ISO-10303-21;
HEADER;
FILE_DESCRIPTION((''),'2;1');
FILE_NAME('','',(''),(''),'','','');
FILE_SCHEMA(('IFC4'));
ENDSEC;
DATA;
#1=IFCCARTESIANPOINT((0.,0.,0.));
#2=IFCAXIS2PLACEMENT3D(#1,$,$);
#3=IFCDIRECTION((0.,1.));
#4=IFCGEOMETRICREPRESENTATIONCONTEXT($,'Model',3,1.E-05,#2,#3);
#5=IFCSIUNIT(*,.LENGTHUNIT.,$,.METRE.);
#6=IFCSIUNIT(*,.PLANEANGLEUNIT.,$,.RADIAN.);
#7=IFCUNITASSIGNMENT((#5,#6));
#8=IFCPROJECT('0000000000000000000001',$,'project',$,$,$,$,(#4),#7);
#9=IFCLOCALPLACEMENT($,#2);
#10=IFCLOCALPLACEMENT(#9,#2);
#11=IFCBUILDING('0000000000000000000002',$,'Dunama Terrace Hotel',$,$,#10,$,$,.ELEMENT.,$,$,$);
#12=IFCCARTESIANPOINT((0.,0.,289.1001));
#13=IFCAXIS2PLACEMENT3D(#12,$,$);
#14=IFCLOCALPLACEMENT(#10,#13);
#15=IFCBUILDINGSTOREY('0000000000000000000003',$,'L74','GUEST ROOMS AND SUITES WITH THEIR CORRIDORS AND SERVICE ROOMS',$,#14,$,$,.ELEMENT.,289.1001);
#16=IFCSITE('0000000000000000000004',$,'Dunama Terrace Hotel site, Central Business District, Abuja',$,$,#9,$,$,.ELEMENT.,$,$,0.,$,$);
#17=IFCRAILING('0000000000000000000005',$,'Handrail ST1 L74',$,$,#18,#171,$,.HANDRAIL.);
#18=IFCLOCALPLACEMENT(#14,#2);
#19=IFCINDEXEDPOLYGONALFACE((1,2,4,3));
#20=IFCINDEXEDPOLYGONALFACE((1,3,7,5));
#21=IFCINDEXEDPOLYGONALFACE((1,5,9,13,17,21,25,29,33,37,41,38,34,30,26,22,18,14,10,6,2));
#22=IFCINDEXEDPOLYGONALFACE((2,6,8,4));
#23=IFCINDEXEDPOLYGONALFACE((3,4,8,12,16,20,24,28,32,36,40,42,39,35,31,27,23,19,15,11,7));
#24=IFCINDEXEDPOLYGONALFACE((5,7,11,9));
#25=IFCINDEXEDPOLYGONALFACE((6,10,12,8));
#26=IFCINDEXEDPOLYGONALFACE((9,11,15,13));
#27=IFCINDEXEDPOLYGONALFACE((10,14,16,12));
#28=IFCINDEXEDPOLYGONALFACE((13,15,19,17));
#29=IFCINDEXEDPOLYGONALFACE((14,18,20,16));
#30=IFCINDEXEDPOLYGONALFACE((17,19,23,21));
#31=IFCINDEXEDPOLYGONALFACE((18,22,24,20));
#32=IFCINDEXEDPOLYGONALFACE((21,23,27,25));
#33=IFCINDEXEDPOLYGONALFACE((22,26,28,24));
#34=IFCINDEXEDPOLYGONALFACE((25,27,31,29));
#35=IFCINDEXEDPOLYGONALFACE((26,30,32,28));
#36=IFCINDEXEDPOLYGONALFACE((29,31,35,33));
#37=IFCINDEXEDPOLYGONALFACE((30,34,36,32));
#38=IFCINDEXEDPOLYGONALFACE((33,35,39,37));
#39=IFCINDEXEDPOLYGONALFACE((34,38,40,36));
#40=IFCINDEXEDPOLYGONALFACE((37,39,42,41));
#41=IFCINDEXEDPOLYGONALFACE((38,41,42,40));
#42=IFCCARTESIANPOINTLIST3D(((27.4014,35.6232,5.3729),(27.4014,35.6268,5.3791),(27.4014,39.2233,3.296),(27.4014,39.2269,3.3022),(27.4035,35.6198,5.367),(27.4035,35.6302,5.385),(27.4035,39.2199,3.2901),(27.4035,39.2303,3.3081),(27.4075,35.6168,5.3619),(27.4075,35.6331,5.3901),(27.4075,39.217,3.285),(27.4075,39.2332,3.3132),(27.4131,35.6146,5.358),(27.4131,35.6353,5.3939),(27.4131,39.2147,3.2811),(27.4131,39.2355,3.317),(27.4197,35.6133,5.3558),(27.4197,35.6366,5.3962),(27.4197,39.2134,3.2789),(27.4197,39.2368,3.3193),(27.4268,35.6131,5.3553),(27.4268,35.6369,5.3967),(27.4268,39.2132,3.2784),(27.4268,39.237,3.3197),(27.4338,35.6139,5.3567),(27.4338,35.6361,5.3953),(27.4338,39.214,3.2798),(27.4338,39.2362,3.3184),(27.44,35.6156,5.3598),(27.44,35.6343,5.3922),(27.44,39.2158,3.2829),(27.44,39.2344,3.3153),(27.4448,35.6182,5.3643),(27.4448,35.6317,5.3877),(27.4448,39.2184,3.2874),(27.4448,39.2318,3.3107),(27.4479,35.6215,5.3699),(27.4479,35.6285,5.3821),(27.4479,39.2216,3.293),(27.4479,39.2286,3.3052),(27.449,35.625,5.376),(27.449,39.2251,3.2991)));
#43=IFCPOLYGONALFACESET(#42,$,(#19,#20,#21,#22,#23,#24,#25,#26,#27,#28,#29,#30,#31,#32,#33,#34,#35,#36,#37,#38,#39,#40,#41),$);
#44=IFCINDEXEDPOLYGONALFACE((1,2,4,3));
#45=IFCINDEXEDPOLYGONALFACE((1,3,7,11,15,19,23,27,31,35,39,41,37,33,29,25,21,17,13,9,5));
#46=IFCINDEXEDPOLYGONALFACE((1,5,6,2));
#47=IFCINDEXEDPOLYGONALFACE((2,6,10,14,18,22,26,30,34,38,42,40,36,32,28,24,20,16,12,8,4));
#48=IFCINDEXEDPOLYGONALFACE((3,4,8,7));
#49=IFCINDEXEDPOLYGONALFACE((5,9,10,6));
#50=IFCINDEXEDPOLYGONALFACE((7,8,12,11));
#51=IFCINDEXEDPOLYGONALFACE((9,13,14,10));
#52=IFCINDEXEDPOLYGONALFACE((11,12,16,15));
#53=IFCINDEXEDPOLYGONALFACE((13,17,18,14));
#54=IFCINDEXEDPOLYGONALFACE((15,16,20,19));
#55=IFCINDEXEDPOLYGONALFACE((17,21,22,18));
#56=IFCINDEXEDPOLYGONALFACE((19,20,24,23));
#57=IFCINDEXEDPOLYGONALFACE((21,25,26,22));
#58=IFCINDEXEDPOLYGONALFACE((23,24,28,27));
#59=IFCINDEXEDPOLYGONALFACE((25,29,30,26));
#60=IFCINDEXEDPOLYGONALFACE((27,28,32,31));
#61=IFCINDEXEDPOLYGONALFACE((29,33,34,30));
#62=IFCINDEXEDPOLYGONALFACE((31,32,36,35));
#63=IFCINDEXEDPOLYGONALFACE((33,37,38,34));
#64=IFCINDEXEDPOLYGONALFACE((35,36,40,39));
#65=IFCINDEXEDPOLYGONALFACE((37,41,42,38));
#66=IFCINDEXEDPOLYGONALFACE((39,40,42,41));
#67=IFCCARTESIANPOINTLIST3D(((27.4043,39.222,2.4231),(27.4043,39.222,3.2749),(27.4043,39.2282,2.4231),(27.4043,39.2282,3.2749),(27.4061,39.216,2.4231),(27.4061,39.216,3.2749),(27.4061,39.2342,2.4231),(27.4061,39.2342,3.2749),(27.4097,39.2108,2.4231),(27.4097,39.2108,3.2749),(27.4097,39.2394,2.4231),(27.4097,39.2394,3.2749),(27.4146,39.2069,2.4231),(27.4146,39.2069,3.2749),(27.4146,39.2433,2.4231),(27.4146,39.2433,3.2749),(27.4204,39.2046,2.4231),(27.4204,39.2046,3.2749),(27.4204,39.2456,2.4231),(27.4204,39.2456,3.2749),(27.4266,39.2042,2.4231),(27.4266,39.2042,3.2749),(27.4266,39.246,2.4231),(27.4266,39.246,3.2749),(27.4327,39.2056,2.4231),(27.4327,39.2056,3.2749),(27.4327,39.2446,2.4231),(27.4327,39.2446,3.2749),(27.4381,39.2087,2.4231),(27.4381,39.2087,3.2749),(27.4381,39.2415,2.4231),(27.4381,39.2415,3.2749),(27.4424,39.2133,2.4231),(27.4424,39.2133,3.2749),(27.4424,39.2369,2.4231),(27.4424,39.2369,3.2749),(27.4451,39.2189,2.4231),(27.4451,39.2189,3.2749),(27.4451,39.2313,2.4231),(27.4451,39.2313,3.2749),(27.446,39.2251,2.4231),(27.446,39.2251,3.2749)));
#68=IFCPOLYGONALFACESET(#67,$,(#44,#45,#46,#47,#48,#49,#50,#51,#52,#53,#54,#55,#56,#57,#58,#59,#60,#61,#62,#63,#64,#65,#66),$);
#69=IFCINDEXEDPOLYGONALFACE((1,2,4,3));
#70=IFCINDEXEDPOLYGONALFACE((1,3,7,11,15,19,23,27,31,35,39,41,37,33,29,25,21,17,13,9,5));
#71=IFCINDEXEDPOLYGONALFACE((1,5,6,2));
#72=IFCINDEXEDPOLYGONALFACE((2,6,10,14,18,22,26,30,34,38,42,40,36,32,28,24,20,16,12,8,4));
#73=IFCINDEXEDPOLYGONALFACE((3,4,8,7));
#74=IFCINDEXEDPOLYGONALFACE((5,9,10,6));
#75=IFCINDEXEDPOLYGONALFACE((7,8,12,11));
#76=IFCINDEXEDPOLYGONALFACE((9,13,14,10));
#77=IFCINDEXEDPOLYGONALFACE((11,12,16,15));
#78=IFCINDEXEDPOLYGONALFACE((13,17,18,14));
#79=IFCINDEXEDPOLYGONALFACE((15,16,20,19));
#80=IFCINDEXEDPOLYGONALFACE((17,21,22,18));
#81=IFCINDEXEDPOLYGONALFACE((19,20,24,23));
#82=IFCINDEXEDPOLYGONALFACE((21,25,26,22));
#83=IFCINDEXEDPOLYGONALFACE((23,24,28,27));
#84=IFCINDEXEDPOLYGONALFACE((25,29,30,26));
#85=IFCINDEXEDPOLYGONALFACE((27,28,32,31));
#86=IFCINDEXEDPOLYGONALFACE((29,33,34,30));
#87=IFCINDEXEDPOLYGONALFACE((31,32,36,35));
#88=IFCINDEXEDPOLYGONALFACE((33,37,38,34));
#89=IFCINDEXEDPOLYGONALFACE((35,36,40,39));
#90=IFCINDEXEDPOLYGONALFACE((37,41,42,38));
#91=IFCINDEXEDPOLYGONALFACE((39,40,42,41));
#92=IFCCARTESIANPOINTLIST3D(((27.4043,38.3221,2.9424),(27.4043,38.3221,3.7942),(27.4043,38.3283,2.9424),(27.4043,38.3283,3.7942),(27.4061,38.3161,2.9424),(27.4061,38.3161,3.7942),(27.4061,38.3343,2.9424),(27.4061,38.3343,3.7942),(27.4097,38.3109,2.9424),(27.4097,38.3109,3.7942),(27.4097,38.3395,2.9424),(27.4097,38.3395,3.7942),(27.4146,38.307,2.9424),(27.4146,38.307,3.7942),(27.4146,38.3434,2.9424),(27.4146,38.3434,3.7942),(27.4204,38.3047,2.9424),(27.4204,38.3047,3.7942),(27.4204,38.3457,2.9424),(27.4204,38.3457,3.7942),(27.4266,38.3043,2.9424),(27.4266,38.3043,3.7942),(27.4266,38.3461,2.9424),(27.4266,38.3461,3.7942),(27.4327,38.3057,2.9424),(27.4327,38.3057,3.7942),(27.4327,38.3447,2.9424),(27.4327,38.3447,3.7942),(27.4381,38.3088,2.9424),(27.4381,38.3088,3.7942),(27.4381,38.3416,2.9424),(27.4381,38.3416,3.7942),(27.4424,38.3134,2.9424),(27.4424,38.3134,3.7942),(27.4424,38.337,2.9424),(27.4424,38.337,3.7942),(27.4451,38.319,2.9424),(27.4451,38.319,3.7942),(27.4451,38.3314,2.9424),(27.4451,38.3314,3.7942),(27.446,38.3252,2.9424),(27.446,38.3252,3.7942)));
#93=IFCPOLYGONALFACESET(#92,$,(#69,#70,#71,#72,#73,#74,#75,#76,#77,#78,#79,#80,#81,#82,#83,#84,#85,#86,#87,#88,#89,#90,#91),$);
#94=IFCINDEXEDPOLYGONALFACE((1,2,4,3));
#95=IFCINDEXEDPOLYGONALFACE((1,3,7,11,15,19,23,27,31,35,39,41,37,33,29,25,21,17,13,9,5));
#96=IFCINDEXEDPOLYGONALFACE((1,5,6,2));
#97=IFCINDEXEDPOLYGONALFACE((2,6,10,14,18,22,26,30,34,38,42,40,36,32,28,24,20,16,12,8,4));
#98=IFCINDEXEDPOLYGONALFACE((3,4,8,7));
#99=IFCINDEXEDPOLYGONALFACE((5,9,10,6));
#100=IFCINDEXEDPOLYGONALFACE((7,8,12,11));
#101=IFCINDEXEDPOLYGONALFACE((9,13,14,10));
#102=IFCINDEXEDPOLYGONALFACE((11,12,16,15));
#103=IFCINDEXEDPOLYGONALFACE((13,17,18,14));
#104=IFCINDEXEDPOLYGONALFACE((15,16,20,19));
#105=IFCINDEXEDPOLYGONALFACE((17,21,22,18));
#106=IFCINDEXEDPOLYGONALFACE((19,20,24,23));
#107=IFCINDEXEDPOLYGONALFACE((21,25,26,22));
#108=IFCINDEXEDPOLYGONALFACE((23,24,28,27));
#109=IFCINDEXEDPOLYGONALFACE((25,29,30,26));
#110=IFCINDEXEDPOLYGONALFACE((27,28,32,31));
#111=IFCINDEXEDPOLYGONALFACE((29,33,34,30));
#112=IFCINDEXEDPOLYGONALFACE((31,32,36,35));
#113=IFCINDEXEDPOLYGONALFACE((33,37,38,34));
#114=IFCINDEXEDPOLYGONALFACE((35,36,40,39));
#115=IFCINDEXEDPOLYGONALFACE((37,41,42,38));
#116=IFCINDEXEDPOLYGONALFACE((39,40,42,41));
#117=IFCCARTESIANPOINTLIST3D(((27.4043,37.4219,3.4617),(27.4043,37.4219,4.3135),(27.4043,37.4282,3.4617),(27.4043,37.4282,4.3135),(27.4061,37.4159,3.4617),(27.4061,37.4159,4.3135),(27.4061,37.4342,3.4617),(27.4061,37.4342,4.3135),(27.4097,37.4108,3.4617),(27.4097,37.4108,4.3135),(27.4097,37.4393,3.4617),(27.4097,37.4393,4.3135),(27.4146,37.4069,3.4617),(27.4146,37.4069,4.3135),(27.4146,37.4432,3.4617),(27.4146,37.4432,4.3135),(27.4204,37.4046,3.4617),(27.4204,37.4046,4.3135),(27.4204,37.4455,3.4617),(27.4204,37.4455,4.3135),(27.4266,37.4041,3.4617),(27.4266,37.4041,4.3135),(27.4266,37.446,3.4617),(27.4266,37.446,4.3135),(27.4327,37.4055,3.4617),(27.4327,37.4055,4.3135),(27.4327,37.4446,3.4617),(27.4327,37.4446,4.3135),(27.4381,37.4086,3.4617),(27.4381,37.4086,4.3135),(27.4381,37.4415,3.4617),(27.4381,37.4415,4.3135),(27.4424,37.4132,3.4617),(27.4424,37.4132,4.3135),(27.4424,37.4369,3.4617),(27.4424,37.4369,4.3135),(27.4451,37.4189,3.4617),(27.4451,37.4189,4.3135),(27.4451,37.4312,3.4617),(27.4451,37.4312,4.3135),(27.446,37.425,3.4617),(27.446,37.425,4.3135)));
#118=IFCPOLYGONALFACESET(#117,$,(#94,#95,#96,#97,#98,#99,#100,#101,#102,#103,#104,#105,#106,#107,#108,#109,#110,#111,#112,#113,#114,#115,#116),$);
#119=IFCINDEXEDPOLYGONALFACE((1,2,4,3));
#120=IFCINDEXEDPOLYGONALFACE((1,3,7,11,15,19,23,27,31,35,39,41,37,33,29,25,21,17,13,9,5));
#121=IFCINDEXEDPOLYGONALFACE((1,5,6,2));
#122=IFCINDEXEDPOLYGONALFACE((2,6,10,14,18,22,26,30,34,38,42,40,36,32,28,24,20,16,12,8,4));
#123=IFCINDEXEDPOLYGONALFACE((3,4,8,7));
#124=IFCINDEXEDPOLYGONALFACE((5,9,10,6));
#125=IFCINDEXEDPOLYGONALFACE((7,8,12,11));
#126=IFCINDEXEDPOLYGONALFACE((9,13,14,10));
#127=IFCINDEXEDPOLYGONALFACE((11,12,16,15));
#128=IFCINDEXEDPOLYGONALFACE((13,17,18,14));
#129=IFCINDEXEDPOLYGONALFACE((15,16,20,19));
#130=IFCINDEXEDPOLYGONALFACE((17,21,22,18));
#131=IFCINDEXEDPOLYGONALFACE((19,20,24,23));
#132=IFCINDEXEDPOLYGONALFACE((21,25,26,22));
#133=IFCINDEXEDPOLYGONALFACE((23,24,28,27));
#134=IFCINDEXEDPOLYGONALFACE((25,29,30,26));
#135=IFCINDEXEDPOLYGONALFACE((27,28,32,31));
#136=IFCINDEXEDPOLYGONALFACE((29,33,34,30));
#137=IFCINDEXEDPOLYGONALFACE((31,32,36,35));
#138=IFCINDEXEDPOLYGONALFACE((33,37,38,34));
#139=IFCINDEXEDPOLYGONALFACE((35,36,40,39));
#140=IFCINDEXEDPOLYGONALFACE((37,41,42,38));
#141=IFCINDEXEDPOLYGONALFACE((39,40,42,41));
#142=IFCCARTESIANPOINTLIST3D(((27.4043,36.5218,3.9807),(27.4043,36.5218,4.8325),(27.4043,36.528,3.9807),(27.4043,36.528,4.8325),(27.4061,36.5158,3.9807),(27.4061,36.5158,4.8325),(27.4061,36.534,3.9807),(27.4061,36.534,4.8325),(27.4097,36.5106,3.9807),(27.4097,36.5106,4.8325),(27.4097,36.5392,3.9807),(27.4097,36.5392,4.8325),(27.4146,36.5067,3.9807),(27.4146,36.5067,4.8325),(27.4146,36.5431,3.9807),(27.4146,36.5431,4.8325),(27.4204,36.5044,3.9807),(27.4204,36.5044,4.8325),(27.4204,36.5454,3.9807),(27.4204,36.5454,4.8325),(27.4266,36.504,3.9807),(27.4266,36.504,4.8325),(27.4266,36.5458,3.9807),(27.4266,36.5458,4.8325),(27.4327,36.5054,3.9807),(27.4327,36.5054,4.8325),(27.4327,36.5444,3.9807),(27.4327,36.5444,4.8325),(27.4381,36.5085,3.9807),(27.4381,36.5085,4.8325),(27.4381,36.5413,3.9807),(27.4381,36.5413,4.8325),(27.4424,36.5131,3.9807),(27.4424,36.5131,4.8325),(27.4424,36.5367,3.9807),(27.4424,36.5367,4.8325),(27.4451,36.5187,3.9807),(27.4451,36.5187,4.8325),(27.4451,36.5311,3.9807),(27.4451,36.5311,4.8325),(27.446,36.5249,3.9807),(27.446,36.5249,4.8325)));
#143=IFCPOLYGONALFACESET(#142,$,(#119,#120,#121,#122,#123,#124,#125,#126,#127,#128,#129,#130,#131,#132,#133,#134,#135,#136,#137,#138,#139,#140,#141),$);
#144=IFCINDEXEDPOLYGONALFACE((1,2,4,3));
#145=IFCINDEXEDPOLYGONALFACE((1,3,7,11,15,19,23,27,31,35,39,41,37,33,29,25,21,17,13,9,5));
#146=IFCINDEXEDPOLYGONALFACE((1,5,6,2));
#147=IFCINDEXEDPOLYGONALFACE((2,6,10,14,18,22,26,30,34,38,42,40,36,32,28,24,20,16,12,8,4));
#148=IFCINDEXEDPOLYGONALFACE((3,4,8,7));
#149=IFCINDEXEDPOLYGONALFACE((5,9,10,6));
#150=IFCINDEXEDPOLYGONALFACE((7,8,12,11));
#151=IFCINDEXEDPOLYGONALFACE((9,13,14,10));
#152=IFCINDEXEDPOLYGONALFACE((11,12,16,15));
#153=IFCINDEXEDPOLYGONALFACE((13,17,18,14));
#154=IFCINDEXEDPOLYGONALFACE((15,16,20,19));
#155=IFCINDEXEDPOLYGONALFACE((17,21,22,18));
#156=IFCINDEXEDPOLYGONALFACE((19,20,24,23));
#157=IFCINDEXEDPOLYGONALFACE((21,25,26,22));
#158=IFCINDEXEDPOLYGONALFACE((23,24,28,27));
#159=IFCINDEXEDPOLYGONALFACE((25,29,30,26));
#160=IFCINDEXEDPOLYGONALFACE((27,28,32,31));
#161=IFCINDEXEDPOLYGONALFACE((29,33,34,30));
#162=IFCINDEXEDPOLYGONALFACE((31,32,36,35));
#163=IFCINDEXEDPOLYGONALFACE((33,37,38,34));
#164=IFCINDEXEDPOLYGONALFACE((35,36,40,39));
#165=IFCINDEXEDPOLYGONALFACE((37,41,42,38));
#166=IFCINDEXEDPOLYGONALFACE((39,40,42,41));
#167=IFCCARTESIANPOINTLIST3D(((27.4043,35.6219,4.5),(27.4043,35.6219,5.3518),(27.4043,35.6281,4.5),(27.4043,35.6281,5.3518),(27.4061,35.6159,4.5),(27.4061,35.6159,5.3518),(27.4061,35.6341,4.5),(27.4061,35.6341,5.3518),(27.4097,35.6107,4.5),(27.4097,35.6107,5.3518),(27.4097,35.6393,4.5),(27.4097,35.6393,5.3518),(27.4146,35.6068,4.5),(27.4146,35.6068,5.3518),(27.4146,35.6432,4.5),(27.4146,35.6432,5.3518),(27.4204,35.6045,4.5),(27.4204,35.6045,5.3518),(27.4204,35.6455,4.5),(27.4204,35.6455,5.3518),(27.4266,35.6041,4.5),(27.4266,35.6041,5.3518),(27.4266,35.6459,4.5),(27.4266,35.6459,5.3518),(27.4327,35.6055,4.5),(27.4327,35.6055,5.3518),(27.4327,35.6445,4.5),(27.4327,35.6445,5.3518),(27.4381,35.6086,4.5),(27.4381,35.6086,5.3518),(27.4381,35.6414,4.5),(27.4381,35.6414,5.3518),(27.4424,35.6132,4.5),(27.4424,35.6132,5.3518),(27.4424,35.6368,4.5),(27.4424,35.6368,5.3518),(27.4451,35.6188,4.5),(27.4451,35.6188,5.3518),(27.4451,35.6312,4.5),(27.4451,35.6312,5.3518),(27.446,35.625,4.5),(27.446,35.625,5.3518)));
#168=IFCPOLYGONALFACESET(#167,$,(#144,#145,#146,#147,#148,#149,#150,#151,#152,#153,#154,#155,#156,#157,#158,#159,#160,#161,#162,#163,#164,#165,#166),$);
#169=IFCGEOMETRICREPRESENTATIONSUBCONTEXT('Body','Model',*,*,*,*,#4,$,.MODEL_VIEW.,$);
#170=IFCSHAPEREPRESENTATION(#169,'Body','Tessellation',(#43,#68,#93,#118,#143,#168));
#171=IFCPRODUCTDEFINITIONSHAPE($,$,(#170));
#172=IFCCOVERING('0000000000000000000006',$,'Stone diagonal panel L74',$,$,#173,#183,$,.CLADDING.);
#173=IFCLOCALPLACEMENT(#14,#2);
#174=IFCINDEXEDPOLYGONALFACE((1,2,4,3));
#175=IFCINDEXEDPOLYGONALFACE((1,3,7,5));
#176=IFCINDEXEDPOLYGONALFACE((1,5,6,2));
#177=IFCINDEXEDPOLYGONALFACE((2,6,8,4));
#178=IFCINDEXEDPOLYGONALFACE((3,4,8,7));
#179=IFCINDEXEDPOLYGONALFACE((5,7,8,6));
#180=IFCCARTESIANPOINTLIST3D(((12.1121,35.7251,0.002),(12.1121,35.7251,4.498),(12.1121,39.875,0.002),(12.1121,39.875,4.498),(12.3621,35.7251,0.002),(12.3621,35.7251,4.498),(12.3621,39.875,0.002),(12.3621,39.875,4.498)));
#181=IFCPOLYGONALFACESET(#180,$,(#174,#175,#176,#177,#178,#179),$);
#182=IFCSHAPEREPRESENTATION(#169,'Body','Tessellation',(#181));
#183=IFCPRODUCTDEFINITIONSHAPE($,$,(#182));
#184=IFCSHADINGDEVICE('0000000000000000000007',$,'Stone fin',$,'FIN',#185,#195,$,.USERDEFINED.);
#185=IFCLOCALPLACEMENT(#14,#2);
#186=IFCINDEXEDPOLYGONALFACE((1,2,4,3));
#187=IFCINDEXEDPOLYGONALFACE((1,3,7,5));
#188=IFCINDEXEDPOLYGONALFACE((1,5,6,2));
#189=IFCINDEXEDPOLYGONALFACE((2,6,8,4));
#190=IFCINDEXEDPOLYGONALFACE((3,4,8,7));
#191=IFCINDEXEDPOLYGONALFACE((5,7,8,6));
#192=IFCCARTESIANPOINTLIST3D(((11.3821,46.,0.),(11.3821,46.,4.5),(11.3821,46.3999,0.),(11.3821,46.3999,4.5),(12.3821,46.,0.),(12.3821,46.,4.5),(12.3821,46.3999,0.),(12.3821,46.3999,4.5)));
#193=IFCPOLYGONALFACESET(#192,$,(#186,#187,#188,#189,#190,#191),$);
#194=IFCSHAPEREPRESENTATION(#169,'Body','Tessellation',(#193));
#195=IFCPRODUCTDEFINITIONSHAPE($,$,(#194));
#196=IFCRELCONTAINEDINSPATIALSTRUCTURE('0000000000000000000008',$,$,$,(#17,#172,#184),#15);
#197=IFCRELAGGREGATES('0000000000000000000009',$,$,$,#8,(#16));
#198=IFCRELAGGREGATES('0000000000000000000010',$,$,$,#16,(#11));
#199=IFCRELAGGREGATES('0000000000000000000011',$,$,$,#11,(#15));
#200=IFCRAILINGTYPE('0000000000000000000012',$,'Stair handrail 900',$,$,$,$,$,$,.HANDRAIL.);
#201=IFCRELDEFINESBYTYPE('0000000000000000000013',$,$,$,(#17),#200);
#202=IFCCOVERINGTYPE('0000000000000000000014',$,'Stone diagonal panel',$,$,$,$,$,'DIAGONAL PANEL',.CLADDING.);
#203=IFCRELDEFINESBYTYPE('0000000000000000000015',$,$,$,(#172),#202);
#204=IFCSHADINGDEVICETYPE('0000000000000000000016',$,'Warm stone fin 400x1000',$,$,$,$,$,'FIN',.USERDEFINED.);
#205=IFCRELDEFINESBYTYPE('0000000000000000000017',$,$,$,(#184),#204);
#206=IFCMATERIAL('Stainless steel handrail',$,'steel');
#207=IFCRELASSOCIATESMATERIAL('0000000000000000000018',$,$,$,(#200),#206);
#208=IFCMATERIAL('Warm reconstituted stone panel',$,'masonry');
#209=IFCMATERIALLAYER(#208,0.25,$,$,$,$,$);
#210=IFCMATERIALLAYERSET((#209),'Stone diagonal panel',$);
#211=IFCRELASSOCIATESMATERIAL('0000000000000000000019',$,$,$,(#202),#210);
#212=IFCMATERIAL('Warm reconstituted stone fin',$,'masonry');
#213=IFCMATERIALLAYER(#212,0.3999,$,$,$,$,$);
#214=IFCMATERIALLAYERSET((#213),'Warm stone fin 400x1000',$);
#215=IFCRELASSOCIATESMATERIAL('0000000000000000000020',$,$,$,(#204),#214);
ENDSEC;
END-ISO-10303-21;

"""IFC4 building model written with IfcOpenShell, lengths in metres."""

from ifc_helpers import new_model, si_unit, direction, frame, origin, origin_2d, place, context, subcontext, project, spatial, rectangle, circle, extrude, material, layer, layer_set, type_object, element, save


model = new_model("IFC4")

# Units and contexts
model_context = context("Model", 3, precision=1e-05, world=origin(), true_north=direction((0.0, 1.0)))
body_context = subcontext(model_context, "Body", "Model", "MODEL_VIEW")
ifc_project = project(units=[si_unit("LENGTHUNIT", "METRE"), si_unit("PLANEANGLEUNIT", "RADIAN")], contexts=[model_context])

# Site, building, storey
site_placement = place(None, origin())
site = spatial("IfcSite", under=ifc_project, at=site_placement, Name="Dunama Terrace Hotel site, Central Business District, Abuja", CompositionType="ELEMENT", RefElevation=0.0)
building_placement = place(site_placement, origin())
building = spatial("IfcBuilding", under=site, at=building_placement, Name="Dunama Terrace Hotel", CompositionType="ELEMENT")
storey_placement = place(building_placement, frame((0.0, 0.0, 289.1001)))
storey = spatial("IfcBuildingStorey", under=building, at=storey_placement, Name="L74", Description="GUEST ROOMS AND SUITES WITH THEIR CORRIDORS AND SERVICE ROOMS", CompositionType="ELEMENT", Elevation=289.1001)

# Railing
ifc_material_1 = material(Name="Stainless steel handrail", Category="steel")
railing_type = type_object("IfcRailingType", Name="Stair handrail 900", PredefinedType="HANDRAIL", material=ifc_material_1)
railing_placement = place(storey_placement, frame((27.425, 39.2251, 2.4231)))
element("IfcRailing", 1, at=railing_placement, inside=storey, type_object=railing_type, Name="Handrail ST1 L74", PredefinedType="HANDRAIL", context=body_context, shape_type="SweptSolid", body=[
    extrude(circle(Radius=0.0239, at=origin_2d()), frame((0.0, 0.0, 0.876), z_axis=(0.0, -0.866193, 0.499709), x_axis=(1.0, 0.0, 0.0)), (0.0, 0.0, 1.0), 4.1562),
    extrude(circle(Radius=0.021, at=origin_2d()), origin(), (0.0, 0.0, 1.0), 0.8518),
    extrude(circle(Radius=0.021, at=origin_2d()), frame((0.0, -0.8999, 0.5193)), (0.0, 0.0, 1.0), 0.8518),
    extrude(circle(Radius=0.021, at=origin_2d()), frame((0.0, -1.8, 1.0386)), (0.0, 0.0, 1.0), 0.8518),
    extrude(circle(Radius=0.021, at=origin_2d()), frame((0.0, -2.7002, 1.5576)), (0.0, 0.0, 1.0), 0.8518),
    extrude(circle(Radius=0.021, at=origin_2d()), frame((0.0, -3.6001, 2.0769)), (0.0, 0.0, 1.0), 0.8518),
])

# Covering
ifc_material_2 = material(Name="Warm reconstituted stone panel", Category="masonry")
ifc_layer_1 = layer(ifc_material_2, 0.25)
ifc_layer_set_1 = layer_set([ifc_layer_1], Name="Stone diagonal panel")
covering_type = type_object("IfcCoveringType", Name="Stone diagonal panel", ElementType="DIAGONAL PANEL", PredefinedType="CLADDING", material=ifc_layer_set_1)
covering_placement = place(storey_placement, frame((12.2371, 37.8, 0.002), z_axis=(0.0, 0.0, 1.0), x_axis=(0.0, -1.0, 0.0)))
element("IfcCovering", 2, at=covering_placement, inside=storey, type_object=covering_type, Name="Stone diagonal panel L74", PredefinedType="CLADDING", context=body_context, shape_type="SweptSolid", body=[
    extrude(rectangle(XDim=4.1499, YDim=0.25, at=origin_2d()), origin(), (0.0, 0.0, 1.0), 4.4961),
])

# Shading device
ifc_material_3 = material(Name="Warm reconstituted stone fin", Category="masonry")
ifc_layer_2 = layer(ifc_material_3, 0.3999)
ifc_layer_set_2 = layer_set([ifc_layer_2], Name="Warm stone fin 400x1000")
shading_device_type = type_object("IfcShadingDeviceType", Name="Warm stone fin 400x1000", ElementType="FIN", PredefinedType="USERDEFINED", material=ifc_layer_set_2)
shading_device_placement = place(storey_placement, frame((11.8821, 46.2, 0.0), z_axis=(0.0, 0.0, 1.0), x_axis=(0.0, -1.0, 0.0)))
element("IfcShadingDevice", 3, at=shading_device_placement, inside=storey, type_object=shading_device_type, Name="Stone fin", ObjectType="FIN", PredefinedType="USERDEFINED", context=body_context, shape_type="SweptSolid", body=[
    extrude(rectangle(XDim=0.3999, YDim=1.0, at=origin_2d()), origin(), (0.0, 0.0, 1.0), 4.5),
])

save(model, "model.ifc")
